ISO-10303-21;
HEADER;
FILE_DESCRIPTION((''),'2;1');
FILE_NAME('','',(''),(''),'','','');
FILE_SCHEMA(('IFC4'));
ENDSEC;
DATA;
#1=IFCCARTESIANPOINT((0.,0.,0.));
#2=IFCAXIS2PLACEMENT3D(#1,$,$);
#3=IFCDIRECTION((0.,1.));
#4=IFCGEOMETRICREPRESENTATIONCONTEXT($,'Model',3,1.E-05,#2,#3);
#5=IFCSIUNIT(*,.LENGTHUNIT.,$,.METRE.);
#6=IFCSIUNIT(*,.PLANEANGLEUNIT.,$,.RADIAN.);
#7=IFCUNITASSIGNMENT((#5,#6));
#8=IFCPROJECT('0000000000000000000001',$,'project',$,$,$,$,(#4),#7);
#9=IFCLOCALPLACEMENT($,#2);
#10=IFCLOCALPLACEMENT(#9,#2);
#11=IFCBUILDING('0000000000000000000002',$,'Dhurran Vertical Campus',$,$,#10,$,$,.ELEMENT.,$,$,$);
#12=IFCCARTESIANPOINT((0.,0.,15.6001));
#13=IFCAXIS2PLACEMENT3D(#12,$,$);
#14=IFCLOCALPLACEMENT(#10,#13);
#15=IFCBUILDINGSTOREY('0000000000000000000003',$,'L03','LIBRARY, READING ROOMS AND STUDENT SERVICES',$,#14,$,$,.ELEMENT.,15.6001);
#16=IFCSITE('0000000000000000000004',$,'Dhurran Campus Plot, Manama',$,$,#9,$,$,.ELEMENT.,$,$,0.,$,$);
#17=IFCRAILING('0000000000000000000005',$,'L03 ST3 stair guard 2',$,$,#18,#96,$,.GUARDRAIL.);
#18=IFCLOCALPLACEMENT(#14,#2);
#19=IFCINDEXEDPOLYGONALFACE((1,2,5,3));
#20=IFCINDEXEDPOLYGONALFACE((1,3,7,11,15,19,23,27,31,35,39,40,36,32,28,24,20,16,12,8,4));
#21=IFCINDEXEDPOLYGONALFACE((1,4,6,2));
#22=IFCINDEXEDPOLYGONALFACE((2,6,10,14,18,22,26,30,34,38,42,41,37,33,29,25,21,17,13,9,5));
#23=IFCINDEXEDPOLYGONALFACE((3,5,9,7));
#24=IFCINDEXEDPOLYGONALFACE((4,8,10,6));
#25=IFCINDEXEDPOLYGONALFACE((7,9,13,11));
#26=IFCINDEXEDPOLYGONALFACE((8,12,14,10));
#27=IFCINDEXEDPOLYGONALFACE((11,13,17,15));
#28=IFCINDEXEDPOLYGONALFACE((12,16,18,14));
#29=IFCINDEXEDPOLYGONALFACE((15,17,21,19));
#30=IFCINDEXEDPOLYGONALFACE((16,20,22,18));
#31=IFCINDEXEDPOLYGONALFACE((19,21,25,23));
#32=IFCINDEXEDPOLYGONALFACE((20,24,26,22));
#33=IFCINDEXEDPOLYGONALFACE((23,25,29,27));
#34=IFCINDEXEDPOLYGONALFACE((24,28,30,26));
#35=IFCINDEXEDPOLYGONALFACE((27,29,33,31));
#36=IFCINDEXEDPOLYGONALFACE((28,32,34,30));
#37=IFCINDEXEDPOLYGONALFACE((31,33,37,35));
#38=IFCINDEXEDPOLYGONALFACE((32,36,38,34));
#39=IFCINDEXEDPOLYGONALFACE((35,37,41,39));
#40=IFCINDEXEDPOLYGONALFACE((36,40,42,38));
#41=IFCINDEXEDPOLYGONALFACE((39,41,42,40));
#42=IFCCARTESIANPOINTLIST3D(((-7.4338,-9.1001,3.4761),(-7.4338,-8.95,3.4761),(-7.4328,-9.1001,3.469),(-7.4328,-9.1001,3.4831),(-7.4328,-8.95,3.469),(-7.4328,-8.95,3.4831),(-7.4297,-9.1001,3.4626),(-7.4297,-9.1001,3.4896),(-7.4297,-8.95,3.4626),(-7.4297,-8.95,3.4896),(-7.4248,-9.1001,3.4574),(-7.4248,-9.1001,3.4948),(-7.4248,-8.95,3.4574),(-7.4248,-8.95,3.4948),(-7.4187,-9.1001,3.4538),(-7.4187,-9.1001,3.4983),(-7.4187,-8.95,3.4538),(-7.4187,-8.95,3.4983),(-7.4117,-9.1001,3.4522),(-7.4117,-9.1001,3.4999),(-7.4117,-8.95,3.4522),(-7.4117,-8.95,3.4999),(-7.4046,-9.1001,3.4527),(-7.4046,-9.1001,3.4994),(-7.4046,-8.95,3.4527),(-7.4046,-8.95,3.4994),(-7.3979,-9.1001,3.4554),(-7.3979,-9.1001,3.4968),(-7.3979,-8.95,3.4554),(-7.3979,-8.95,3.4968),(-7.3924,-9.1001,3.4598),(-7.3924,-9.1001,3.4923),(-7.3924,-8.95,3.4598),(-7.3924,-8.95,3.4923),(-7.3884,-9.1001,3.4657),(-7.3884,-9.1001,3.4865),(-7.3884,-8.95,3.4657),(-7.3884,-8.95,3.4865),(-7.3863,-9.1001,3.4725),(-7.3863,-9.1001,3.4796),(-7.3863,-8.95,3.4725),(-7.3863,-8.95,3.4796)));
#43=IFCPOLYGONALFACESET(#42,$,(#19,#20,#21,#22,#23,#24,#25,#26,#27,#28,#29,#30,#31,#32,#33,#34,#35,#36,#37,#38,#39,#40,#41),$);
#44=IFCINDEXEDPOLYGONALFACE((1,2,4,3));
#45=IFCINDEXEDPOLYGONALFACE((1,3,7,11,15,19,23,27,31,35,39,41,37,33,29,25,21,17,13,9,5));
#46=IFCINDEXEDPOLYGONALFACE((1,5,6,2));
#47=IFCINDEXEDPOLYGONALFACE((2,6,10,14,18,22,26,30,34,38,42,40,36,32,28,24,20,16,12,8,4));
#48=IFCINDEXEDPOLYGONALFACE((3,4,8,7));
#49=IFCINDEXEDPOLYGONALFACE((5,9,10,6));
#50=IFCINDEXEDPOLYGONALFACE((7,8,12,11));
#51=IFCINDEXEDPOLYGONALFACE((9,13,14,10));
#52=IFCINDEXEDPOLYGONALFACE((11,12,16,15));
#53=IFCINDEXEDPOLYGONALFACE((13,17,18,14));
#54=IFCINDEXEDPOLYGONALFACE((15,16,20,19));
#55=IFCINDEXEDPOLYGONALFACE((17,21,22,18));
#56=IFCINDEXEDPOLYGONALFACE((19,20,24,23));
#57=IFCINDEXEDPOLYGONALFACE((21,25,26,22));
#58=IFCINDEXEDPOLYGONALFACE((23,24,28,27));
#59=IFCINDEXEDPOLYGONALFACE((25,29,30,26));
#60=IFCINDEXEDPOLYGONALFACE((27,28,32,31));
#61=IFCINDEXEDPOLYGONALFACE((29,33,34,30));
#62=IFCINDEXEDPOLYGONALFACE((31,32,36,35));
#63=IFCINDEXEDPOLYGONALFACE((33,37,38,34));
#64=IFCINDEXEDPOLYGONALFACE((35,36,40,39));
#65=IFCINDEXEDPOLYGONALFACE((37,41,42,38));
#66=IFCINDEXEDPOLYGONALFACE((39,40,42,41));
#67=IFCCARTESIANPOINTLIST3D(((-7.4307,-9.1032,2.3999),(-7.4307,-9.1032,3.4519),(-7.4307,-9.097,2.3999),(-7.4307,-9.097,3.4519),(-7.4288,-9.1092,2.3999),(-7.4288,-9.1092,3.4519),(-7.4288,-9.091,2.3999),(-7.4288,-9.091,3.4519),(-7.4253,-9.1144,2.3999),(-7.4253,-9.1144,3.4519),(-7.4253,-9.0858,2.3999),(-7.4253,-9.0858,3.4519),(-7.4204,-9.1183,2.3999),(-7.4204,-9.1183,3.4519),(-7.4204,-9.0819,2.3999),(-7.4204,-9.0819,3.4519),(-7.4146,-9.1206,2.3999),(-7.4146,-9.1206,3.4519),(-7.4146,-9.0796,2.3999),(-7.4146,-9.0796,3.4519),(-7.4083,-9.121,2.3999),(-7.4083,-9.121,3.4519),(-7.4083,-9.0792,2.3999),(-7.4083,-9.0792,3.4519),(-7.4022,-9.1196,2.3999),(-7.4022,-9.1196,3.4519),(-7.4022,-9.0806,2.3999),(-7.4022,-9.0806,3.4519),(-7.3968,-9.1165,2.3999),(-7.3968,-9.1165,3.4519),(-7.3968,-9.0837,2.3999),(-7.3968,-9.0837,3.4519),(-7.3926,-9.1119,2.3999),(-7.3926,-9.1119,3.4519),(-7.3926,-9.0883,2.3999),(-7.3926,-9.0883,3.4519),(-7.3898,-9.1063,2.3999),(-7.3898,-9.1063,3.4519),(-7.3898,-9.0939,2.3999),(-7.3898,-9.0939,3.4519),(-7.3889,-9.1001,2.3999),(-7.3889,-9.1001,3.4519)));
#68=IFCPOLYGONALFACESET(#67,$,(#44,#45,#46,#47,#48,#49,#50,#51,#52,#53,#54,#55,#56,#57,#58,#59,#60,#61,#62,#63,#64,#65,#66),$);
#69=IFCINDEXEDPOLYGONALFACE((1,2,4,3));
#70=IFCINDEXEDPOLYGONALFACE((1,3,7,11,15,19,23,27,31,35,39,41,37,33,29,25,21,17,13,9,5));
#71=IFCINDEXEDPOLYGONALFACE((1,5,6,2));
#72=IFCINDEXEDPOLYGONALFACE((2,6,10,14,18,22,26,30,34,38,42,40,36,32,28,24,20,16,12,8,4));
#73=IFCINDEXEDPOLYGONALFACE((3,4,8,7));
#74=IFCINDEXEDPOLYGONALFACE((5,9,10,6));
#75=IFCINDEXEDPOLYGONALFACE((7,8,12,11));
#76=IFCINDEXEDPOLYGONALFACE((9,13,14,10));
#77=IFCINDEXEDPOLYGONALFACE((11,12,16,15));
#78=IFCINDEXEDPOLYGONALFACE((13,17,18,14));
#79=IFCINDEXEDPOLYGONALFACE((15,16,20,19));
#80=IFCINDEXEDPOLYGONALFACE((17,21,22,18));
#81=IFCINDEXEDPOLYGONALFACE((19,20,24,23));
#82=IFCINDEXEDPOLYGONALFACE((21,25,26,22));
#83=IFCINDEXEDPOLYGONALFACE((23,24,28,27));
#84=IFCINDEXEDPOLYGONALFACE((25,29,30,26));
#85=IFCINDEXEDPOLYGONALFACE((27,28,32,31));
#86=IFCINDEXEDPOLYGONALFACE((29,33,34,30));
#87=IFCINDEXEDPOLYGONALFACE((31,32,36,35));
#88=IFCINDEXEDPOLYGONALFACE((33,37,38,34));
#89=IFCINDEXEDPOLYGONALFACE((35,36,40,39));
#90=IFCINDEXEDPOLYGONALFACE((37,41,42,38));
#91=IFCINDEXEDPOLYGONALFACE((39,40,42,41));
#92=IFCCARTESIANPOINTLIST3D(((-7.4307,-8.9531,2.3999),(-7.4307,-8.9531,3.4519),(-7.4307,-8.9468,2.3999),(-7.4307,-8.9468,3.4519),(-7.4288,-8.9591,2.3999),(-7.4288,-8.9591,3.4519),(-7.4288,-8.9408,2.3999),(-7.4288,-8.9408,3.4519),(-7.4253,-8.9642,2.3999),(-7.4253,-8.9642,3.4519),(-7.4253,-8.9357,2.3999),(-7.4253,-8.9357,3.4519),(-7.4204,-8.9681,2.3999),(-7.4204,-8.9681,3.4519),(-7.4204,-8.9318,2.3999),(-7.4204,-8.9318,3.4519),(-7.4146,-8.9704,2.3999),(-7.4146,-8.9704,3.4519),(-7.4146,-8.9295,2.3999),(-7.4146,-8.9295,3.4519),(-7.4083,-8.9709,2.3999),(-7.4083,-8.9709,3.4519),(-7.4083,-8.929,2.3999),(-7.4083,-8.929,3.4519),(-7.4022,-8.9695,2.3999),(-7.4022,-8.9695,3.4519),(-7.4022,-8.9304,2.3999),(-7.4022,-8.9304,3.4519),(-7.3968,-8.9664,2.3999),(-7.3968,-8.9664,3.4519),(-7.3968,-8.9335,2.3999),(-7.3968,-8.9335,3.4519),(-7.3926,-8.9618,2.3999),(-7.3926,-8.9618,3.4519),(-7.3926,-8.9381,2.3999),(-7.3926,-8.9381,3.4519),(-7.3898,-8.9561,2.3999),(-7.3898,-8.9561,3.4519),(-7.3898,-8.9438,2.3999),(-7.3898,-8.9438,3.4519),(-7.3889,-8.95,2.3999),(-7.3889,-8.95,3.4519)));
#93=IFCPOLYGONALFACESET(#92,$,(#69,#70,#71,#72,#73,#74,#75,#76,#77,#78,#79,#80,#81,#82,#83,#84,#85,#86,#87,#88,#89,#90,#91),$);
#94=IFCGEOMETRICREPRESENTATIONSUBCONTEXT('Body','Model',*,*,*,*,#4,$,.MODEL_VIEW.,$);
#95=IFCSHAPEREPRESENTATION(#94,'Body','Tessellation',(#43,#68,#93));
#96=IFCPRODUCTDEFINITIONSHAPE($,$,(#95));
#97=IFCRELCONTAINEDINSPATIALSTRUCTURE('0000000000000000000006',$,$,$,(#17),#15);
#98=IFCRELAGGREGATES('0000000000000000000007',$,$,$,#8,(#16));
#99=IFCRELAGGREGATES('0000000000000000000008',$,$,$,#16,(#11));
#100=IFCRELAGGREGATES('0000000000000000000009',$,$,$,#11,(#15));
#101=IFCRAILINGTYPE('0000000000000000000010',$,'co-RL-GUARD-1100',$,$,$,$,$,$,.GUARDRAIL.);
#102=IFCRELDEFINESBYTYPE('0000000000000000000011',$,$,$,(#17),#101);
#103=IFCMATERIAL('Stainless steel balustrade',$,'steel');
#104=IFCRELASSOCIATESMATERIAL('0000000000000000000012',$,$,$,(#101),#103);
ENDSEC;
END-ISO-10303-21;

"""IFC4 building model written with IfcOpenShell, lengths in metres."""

from ifc_helpers import new_model, si_unit, direction, frame, origin, origin_2d, place, context, subcontext, project, spatial, circle, extrude, material, type_object, element, save


model = new_model("IFC4")

# Units and contexts
model_context = context("Model", 3, precision=1e-05, world=origin(), true_north=direction((0.0, 1.0)))
body_context = subcontext(model_context, "Body", "Model", "MODEL_VIEW")
ifc_project = project(units=[si_unit("LENGTHUNIT", "METRE"), si_unit("PLANEANGLEUNIT", "RADIAN")], contexts=[model_context])

# Site, building, storey
site_placement = place(None, origin())
site = spatial("IfcSite", under=ifc_project, at=site_placement, Name="Dhurran Campus Plot, Manama", CompositionType="ELEMENT", RefElevation=0.0)
building_placement = place(site_placement, origin())
building = spatial("IfcBuilding", under=site, at=building_placement, Name="Dhurran Vertical Campus", CompositionType="ELEMENT")
storey_placement = place(building_placement, frame((0.0, 0.0, 15.6001)))
storey = spatial("IfcBuildingStorey", under=building, at=storey_placement, Name="L03", Description="LIBRARY, READING ROOMS AND STUDENT SERVICES", CompositionType="ELEMENT", Elevation=15.6001)

# Railing
ifc_material_1 = material(Name="Stainless steel balustrade", Category="steel")
railing_type_1 = type_object("IfcRailingType", Name="co-RL-GUARD-1100", PredefinedType="GUARDRAIL", material=ifc_material_1)
railing_1_placement = place(storey_placement, frame((-7.4099, -9.1001, 2.3999)))
element("IfcRailing", 1, at=railing_1_placement, inside=storey, type_object=railing_type_1, Name="L03 ST3 stair guard 2", PredefinedType="GUARDRAIL", context=body_context, shape_type="SweptSolid", body=[
    extrude(circle(Radius=0.0239, at=origin_2d()), frame((0.0, 0.0, 1.0762), z_axis=(0.0, 1.0, 0.0), x_axis=(-1.0, 0.0, 0.0)), (0.0, 0.0, 1.0), 0.1501),
    extrude(circle(Radius=0.021, at=origin_2d()), origin(), (0.0, 0.0, 1.0), 1.052),
    extrude(circle(Radius=0.021, at=origin_2d()), frame((0.0, 0.1501, 0.0)), (0.0, 0.0, 1.0), 1.052),
])

save(model, "model.ifc")
